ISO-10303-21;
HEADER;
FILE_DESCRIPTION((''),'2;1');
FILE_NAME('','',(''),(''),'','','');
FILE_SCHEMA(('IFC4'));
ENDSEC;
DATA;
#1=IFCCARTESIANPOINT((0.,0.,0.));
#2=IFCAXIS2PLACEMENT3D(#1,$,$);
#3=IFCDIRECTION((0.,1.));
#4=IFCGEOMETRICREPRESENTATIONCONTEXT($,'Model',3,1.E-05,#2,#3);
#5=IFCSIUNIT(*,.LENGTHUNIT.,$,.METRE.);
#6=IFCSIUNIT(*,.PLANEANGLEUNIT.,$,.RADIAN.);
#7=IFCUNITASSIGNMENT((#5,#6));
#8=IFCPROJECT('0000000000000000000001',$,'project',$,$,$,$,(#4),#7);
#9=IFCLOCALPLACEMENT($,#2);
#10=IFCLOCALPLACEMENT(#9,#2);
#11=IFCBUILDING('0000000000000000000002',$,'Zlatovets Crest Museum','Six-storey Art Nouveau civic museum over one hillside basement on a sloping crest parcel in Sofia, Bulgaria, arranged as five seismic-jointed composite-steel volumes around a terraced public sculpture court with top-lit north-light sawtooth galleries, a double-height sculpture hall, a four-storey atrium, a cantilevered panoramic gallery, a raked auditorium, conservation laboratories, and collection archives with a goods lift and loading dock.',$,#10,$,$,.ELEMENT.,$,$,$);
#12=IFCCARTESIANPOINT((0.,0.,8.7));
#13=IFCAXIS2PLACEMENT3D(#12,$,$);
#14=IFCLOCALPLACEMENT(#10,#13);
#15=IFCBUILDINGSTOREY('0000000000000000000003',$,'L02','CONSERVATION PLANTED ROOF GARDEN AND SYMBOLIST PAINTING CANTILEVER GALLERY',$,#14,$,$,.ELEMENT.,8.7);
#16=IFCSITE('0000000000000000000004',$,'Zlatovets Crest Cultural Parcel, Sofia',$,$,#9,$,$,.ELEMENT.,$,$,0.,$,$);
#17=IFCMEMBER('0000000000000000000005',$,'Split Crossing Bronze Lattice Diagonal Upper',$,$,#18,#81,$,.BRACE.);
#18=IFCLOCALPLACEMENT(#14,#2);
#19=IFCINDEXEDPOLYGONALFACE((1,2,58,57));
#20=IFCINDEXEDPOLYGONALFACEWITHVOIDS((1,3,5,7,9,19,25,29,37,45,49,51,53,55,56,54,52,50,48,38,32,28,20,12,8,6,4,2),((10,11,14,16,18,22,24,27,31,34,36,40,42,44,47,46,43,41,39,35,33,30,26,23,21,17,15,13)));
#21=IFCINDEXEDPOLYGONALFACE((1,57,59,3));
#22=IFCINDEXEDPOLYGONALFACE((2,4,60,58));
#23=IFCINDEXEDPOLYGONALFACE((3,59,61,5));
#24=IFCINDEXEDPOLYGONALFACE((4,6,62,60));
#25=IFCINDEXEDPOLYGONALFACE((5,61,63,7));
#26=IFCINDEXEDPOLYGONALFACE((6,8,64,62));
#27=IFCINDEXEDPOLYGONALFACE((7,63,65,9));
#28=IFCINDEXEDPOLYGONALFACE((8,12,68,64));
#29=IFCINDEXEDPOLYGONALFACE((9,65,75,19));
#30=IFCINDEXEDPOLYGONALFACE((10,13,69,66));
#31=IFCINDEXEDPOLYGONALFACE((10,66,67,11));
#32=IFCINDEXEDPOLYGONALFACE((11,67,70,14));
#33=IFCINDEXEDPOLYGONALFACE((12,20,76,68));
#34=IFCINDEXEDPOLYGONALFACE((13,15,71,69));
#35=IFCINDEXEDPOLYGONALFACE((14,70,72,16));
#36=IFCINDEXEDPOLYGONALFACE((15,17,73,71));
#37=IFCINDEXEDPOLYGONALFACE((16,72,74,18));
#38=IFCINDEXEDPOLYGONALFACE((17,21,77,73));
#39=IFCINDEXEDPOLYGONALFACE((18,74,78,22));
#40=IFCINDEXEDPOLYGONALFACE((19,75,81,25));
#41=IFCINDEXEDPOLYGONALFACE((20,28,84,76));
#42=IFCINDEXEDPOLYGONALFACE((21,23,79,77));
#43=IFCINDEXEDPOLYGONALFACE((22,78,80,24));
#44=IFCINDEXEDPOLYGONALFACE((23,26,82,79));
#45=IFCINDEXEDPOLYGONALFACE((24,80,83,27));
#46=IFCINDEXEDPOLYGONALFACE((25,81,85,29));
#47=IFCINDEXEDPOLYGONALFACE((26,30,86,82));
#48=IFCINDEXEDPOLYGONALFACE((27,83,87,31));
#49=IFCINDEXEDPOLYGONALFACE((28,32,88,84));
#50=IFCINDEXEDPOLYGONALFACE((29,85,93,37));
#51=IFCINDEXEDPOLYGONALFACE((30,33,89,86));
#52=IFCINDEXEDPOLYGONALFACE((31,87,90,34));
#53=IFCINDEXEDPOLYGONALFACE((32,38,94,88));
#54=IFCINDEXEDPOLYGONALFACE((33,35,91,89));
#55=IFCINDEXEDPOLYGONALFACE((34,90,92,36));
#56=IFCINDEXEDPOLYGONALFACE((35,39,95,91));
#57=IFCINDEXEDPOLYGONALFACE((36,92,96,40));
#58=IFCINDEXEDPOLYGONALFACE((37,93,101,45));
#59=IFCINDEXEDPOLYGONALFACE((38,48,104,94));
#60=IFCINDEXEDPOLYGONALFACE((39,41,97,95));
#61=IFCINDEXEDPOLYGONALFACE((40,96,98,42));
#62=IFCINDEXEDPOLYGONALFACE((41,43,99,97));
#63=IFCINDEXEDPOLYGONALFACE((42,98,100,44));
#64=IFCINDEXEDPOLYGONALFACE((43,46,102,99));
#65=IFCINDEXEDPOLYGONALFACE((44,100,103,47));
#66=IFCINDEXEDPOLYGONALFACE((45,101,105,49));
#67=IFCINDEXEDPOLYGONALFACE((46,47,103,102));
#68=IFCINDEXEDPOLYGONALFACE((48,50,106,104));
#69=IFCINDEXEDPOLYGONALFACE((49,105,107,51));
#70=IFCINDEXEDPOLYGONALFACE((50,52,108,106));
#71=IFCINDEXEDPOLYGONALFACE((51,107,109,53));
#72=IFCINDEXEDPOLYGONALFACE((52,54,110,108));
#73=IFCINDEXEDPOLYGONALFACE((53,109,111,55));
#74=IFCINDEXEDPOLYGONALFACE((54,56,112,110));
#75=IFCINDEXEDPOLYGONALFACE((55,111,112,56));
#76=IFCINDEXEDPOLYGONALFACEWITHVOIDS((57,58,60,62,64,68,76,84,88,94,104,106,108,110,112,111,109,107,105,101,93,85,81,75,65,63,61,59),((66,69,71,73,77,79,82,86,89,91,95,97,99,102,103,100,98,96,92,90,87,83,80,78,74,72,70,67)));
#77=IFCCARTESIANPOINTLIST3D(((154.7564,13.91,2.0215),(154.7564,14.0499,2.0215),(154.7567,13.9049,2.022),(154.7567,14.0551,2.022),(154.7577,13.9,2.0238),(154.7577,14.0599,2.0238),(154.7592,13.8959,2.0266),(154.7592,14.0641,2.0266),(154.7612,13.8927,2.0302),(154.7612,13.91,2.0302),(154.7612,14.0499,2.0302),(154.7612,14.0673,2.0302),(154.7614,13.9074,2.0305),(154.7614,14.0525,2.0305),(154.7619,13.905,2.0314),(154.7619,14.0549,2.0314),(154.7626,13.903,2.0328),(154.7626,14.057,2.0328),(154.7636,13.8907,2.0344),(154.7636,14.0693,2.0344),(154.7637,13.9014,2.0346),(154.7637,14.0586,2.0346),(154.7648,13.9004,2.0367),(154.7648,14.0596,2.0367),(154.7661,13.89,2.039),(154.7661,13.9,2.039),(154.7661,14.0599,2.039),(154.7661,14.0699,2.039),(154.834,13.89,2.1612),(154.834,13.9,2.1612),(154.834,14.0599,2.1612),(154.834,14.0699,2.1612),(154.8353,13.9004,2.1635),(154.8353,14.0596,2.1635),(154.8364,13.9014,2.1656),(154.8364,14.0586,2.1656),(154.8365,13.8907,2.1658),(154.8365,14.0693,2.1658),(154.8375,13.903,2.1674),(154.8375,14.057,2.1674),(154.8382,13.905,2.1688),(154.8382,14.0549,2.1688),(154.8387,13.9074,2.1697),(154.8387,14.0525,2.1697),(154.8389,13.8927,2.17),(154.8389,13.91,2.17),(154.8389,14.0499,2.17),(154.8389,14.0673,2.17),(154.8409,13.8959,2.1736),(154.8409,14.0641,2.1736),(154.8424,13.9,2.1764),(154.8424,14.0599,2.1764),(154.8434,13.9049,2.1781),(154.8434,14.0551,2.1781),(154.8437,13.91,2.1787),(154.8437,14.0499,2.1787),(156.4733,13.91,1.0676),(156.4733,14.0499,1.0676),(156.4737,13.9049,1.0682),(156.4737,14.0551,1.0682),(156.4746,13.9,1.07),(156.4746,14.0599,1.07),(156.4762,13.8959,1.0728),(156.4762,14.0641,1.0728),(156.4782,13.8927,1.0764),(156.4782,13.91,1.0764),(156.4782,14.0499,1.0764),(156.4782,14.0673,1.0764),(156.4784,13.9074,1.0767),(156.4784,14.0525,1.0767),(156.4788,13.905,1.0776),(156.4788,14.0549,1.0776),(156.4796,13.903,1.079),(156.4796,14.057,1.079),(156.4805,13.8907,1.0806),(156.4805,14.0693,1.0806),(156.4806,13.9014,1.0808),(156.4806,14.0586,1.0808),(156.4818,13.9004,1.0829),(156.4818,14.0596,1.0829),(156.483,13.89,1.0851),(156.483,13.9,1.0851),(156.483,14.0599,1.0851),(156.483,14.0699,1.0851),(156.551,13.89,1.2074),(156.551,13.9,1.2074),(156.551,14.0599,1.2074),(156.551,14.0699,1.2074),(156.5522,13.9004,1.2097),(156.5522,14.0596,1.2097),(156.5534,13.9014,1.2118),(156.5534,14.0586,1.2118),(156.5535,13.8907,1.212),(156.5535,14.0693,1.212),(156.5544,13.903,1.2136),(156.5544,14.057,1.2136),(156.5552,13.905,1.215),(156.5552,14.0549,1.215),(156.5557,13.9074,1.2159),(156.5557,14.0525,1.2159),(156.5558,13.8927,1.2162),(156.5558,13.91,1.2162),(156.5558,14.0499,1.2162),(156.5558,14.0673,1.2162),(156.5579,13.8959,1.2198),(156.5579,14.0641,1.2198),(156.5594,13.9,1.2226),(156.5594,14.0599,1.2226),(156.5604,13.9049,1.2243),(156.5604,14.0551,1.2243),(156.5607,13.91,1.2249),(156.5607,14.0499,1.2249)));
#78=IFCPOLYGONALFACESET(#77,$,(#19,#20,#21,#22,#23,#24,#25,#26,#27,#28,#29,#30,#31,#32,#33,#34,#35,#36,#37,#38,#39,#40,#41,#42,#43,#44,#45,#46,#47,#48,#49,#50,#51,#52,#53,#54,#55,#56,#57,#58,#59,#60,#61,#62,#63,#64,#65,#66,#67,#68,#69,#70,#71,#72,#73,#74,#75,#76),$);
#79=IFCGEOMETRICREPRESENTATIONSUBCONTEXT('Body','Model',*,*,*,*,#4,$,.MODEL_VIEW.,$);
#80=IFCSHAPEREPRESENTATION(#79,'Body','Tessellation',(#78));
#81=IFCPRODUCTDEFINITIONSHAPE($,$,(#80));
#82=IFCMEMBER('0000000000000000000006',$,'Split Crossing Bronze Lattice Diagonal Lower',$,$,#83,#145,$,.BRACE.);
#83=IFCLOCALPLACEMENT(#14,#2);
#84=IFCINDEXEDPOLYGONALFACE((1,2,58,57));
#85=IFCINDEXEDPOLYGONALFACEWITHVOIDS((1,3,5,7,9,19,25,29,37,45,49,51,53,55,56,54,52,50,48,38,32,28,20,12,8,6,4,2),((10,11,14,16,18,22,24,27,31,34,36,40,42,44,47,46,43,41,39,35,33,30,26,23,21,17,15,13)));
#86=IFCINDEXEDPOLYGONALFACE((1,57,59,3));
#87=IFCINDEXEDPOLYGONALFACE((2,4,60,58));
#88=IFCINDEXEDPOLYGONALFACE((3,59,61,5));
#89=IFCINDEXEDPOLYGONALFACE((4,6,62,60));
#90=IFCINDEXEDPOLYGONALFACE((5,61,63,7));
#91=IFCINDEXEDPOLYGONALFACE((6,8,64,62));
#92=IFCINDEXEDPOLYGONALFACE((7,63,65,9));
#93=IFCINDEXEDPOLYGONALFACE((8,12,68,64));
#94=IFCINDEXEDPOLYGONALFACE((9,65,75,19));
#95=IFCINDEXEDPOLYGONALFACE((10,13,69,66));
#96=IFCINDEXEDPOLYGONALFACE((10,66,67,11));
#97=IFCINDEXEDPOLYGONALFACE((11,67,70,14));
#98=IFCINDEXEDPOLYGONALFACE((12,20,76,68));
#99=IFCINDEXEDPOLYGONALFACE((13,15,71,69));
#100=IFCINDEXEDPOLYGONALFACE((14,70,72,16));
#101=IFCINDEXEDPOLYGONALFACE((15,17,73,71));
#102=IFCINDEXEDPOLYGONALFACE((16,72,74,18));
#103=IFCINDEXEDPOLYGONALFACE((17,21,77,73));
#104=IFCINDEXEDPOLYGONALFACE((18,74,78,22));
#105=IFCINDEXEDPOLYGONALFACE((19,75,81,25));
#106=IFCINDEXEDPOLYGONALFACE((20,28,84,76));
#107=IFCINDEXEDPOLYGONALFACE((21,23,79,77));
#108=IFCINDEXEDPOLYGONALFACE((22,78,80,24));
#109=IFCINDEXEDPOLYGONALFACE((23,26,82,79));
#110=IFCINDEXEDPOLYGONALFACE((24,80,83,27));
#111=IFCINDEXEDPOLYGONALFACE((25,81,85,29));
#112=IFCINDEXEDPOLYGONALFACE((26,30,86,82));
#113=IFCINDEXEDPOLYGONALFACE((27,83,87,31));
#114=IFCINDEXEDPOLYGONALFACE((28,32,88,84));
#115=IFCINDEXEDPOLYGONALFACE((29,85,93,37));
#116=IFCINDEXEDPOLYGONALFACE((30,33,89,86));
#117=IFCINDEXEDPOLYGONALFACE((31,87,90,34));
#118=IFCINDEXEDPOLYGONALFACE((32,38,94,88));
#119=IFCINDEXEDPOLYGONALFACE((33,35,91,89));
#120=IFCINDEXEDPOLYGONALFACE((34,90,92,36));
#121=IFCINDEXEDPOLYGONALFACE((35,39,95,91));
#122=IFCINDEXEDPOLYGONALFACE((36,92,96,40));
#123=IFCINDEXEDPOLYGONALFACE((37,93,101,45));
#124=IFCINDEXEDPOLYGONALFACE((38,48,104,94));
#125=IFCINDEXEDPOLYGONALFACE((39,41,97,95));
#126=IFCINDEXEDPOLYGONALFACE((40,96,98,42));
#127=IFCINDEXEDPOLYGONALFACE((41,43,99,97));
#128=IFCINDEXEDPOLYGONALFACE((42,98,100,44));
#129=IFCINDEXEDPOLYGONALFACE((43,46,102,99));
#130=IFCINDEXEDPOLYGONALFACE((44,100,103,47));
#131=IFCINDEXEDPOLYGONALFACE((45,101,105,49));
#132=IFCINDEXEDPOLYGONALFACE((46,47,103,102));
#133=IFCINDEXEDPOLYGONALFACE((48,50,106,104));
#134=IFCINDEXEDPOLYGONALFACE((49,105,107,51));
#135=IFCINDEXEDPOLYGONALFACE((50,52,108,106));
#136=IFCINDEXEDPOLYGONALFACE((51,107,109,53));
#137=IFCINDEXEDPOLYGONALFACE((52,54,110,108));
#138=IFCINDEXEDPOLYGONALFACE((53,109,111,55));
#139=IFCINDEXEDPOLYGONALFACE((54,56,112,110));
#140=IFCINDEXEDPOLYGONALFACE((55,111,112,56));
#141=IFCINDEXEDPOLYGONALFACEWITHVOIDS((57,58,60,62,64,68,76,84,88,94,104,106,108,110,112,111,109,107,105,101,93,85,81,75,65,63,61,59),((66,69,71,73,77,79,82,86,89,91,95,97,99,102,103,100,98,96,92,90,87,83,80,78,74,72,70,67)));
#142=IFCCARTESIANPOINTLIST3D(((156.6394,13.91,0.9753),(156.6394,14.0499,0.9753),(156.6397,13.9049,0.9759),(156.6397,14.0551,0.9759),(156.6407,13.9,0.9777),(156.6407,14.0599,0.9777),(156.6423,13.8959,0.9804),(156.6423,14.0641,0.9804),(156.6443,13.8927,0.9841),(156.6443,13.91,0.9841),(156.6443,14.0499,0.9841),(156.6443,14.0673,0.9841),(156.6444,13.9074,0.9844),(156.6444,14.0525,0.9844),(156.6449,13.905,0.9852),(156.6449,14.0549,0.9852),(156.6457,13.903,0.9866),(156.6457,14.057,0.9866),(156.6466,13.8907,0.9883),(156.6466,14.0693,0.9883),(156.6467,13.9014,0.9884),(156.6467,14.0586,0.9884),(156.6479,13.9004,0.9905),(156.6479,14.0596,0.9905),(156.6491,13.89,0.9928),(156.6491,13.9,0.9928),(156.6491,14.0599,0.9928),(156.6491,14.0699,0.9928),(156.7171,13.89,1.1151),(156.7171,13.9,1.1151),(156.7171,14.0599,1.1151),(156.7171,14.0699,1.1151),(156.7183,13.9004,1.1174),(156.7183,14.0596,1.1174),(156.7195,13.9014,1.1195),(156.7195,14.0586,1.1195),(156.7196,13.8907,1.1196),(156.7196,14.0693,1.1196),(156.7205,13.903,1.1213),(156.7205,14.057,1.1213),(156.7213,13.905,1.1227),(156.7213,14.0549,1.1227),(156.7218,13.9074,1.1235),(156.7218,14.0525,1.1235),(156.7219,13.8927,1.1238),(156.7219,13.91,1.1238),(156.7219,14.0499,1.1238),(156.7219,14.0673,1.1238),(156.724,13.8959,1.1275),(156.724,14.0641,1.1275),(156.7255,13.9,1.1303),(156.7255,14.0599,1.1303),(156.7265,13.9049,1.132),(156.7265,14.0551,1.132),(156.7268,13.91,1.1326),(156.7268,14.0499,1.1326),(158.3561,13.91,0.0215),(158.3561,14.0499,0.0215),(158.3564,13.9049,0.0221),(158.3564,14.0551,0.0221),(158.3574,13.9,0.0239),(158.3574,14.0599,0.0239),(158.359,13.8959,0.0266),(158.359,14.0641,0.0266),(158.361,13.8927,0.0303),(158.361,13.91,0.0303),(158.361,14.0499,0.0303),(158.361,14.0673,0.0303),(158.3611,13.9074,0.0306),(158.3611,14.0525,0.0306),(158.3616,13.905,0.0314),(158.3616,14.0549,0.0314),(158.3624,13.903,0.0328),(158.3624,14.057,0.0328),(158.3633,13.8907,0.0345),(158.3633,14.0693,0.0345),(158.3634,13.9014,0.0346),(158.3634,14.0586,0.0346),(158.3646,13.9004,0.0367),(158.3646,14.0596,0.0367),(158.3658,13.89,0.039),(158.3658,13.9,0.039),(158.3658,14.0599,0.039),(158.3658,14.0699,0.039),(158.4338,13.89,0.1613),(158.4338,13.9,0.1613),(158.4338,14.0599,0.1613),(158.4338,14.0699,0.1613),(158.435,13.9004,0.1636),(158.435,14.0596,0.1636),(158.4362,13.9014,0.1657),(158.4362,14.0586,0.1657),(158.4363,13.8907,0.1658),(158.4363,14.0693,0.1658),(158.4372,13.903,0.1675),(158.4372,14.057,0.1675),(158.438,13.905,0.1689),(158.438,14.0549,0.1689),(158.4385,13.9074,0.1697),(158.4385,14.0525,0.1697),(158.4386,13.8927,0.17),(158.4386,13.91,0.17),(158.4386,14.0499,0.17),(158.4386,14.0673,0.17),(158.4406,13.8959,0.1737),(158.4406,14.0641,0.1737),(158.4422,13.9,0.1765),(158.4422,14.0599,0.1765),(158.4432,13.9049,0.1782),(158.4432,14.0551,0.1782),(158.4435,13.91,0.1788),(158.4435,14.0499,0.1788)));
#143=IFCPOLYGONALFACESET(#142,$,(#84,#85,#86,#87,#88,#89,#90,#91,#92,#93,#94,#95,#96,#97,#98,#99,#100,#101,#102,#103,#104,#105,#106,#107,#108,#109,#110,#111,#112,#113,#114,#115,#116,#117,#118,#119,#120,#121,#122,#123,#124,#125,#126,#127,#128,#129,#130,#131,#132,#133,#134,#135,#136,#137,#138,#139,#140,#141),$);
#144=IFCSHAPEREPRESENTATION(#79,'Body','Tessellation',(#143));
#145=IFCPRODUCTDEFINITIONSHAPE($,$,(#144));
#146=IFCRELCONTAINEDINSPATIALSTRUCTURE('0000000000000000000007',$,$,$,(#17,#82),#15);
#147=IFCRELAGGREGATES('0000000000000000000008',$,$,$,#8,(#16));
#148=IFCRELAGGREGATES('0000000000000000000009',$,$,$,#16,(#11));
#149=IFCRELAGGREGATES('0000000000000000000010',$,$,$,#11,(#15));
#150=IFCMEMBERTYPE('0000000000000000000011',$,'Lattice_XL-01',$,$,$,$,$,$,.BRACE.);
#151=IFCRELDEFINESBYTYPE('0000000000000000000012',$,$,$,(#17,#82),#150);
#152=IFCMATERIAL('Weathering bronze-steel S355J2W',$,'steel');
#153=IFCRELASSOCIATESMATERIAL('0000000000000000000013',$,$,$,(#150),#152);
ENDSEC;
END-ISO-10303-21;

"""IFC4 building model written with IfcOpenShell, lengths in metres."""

from ifc_helpers import new_model, si_unit, direction, frame, origin, origin_2d, place, context, subcontext, project, spatial, hollow_rectangle, extrude, material, material_profile, profile_set, type_object, element, save


model = new_model("IFC4")

# Units and contexts
model_context = context("Model", 3, precision=1e-05, world=origin(), true_north=direction((0.0, 1.0)))
body_context = subcontext(model_context, "Body", "Model", "MODEL_VIEW")
ifc_project = project(units=[si_unit("LENGTHUNIT", "METRE"), si_unit("PLANEANGLEUNIT", "RADIAN")], contexts=[model_context])

# Site, building, storey
site_placement = place(None, origin())
site = spatial("IfcSite", under=ifc_project, at=site_placement, Name="Zlatovets Crest Cultural Parcel, Sofia", CompositionType="ELEMENT", RefElevation=0.0)
building_placement = place(site_placement, origin())
building = spatial("IfcBuilding", under=site, at=building_placement, Name="Zlatovets Crest Museum", Description="Six-storey Art Nouveau civic museum over one hillside basement on a sloping crest parcel in Sofia, Bulgaria, arranged as five seismic-jointed composite-steel volumes around a terraced public sculpture court with top-lit north-light sawtooth galleries, a double-height sculpture hall, a four-storey atrium, a cantilevered panoramic gallery, a raked auditorium, conservation laboratories, and collection archives with a goods lift and loading dock.", CompositionType="ELEMENT")
storey_placement = place(building_placement, frame((0.0, 0.0, 8.7)))
storey = spatial("IfcBuildingStorey", under=building, at=storey_placement, Name="L02", Description="CONSERVATION PLANTED ROOF GARDEN AND SYMBOLIST PAINTING CANTILEVER GALLERY", CompositionType="ELEMENT", Elevation=8.7)

# Members
ifc_material_1 = material(Name="Weathering bronze-steel S355J2W", Category="steel")
ifc_material_profile_1 = material_profile(ifc_material_1, hollow_rectangle(XDim=0.1799, YDim=0.1799, WallThickness=0.01, InnerFilletRadius=0.01, OuterFilletRadius=0.02, at=origin_2d()), Name="SHS 180x180x10.0")
ifc_profile_set_1 = profile_set([ifc_material_profile_1], Name="Weathering bronze-steel S355J2W")
member_type_1 = type_object("IfcMemberType", Name="Lattice_XL-01", PredefinedType="BRACE", material=ifc_profile_set_1)
member_1_placement = place(storey_placement, frame((154.8, 13.98, 2.1001), z_axis=(0.874169, 0.0, -0.485622), x_axis=(0.0, 1.0, 0.0)))
element("IfcMember", 1, at=member_1_placement, inside=storey, type_object=member_type_1, Name="Split Crossing Bronze Lattice Diagonal Upper", PredefinedType="BRACE", context=body_context, shape_type="SweptSolid", body=[
    extrude(hollow_rectangle(XDim=0.1799, YDim=0.1799, WallThickness=0.01, InnerFilletRadius=0.01, OuterFilletRadius=0.02, at=origin_2d()), origin(), (0.0, 0.0, 1.0), 1.9641),
])
member_2_placement = place(storey_placement, frame((156.6831, 13.98, 1.054), z_axis=(0.87414, 0.0, -0.485675), x_axis=(0.0, 1.0, 0.0)))
element("IfcMember", 2, at=member_2_placement, inside=storey, type_object=member_type_1, Name="Split Crossing Bronze Lattice Diagonal Lower", PredefinedType="BRACE", context=body_context, shape_type="SweptSolid", body=[
    extrude(hollow_rectangle(XDim=0.1799, YDim=0.1799, WallThickness=0.01, InnerFilletRadius=0.01, OuterFilletRadius=0.02, at=origin_2d()), origin(), (0.0, 0.0, 1.0), 1.9639),
])

save(model, "model.ifc")
